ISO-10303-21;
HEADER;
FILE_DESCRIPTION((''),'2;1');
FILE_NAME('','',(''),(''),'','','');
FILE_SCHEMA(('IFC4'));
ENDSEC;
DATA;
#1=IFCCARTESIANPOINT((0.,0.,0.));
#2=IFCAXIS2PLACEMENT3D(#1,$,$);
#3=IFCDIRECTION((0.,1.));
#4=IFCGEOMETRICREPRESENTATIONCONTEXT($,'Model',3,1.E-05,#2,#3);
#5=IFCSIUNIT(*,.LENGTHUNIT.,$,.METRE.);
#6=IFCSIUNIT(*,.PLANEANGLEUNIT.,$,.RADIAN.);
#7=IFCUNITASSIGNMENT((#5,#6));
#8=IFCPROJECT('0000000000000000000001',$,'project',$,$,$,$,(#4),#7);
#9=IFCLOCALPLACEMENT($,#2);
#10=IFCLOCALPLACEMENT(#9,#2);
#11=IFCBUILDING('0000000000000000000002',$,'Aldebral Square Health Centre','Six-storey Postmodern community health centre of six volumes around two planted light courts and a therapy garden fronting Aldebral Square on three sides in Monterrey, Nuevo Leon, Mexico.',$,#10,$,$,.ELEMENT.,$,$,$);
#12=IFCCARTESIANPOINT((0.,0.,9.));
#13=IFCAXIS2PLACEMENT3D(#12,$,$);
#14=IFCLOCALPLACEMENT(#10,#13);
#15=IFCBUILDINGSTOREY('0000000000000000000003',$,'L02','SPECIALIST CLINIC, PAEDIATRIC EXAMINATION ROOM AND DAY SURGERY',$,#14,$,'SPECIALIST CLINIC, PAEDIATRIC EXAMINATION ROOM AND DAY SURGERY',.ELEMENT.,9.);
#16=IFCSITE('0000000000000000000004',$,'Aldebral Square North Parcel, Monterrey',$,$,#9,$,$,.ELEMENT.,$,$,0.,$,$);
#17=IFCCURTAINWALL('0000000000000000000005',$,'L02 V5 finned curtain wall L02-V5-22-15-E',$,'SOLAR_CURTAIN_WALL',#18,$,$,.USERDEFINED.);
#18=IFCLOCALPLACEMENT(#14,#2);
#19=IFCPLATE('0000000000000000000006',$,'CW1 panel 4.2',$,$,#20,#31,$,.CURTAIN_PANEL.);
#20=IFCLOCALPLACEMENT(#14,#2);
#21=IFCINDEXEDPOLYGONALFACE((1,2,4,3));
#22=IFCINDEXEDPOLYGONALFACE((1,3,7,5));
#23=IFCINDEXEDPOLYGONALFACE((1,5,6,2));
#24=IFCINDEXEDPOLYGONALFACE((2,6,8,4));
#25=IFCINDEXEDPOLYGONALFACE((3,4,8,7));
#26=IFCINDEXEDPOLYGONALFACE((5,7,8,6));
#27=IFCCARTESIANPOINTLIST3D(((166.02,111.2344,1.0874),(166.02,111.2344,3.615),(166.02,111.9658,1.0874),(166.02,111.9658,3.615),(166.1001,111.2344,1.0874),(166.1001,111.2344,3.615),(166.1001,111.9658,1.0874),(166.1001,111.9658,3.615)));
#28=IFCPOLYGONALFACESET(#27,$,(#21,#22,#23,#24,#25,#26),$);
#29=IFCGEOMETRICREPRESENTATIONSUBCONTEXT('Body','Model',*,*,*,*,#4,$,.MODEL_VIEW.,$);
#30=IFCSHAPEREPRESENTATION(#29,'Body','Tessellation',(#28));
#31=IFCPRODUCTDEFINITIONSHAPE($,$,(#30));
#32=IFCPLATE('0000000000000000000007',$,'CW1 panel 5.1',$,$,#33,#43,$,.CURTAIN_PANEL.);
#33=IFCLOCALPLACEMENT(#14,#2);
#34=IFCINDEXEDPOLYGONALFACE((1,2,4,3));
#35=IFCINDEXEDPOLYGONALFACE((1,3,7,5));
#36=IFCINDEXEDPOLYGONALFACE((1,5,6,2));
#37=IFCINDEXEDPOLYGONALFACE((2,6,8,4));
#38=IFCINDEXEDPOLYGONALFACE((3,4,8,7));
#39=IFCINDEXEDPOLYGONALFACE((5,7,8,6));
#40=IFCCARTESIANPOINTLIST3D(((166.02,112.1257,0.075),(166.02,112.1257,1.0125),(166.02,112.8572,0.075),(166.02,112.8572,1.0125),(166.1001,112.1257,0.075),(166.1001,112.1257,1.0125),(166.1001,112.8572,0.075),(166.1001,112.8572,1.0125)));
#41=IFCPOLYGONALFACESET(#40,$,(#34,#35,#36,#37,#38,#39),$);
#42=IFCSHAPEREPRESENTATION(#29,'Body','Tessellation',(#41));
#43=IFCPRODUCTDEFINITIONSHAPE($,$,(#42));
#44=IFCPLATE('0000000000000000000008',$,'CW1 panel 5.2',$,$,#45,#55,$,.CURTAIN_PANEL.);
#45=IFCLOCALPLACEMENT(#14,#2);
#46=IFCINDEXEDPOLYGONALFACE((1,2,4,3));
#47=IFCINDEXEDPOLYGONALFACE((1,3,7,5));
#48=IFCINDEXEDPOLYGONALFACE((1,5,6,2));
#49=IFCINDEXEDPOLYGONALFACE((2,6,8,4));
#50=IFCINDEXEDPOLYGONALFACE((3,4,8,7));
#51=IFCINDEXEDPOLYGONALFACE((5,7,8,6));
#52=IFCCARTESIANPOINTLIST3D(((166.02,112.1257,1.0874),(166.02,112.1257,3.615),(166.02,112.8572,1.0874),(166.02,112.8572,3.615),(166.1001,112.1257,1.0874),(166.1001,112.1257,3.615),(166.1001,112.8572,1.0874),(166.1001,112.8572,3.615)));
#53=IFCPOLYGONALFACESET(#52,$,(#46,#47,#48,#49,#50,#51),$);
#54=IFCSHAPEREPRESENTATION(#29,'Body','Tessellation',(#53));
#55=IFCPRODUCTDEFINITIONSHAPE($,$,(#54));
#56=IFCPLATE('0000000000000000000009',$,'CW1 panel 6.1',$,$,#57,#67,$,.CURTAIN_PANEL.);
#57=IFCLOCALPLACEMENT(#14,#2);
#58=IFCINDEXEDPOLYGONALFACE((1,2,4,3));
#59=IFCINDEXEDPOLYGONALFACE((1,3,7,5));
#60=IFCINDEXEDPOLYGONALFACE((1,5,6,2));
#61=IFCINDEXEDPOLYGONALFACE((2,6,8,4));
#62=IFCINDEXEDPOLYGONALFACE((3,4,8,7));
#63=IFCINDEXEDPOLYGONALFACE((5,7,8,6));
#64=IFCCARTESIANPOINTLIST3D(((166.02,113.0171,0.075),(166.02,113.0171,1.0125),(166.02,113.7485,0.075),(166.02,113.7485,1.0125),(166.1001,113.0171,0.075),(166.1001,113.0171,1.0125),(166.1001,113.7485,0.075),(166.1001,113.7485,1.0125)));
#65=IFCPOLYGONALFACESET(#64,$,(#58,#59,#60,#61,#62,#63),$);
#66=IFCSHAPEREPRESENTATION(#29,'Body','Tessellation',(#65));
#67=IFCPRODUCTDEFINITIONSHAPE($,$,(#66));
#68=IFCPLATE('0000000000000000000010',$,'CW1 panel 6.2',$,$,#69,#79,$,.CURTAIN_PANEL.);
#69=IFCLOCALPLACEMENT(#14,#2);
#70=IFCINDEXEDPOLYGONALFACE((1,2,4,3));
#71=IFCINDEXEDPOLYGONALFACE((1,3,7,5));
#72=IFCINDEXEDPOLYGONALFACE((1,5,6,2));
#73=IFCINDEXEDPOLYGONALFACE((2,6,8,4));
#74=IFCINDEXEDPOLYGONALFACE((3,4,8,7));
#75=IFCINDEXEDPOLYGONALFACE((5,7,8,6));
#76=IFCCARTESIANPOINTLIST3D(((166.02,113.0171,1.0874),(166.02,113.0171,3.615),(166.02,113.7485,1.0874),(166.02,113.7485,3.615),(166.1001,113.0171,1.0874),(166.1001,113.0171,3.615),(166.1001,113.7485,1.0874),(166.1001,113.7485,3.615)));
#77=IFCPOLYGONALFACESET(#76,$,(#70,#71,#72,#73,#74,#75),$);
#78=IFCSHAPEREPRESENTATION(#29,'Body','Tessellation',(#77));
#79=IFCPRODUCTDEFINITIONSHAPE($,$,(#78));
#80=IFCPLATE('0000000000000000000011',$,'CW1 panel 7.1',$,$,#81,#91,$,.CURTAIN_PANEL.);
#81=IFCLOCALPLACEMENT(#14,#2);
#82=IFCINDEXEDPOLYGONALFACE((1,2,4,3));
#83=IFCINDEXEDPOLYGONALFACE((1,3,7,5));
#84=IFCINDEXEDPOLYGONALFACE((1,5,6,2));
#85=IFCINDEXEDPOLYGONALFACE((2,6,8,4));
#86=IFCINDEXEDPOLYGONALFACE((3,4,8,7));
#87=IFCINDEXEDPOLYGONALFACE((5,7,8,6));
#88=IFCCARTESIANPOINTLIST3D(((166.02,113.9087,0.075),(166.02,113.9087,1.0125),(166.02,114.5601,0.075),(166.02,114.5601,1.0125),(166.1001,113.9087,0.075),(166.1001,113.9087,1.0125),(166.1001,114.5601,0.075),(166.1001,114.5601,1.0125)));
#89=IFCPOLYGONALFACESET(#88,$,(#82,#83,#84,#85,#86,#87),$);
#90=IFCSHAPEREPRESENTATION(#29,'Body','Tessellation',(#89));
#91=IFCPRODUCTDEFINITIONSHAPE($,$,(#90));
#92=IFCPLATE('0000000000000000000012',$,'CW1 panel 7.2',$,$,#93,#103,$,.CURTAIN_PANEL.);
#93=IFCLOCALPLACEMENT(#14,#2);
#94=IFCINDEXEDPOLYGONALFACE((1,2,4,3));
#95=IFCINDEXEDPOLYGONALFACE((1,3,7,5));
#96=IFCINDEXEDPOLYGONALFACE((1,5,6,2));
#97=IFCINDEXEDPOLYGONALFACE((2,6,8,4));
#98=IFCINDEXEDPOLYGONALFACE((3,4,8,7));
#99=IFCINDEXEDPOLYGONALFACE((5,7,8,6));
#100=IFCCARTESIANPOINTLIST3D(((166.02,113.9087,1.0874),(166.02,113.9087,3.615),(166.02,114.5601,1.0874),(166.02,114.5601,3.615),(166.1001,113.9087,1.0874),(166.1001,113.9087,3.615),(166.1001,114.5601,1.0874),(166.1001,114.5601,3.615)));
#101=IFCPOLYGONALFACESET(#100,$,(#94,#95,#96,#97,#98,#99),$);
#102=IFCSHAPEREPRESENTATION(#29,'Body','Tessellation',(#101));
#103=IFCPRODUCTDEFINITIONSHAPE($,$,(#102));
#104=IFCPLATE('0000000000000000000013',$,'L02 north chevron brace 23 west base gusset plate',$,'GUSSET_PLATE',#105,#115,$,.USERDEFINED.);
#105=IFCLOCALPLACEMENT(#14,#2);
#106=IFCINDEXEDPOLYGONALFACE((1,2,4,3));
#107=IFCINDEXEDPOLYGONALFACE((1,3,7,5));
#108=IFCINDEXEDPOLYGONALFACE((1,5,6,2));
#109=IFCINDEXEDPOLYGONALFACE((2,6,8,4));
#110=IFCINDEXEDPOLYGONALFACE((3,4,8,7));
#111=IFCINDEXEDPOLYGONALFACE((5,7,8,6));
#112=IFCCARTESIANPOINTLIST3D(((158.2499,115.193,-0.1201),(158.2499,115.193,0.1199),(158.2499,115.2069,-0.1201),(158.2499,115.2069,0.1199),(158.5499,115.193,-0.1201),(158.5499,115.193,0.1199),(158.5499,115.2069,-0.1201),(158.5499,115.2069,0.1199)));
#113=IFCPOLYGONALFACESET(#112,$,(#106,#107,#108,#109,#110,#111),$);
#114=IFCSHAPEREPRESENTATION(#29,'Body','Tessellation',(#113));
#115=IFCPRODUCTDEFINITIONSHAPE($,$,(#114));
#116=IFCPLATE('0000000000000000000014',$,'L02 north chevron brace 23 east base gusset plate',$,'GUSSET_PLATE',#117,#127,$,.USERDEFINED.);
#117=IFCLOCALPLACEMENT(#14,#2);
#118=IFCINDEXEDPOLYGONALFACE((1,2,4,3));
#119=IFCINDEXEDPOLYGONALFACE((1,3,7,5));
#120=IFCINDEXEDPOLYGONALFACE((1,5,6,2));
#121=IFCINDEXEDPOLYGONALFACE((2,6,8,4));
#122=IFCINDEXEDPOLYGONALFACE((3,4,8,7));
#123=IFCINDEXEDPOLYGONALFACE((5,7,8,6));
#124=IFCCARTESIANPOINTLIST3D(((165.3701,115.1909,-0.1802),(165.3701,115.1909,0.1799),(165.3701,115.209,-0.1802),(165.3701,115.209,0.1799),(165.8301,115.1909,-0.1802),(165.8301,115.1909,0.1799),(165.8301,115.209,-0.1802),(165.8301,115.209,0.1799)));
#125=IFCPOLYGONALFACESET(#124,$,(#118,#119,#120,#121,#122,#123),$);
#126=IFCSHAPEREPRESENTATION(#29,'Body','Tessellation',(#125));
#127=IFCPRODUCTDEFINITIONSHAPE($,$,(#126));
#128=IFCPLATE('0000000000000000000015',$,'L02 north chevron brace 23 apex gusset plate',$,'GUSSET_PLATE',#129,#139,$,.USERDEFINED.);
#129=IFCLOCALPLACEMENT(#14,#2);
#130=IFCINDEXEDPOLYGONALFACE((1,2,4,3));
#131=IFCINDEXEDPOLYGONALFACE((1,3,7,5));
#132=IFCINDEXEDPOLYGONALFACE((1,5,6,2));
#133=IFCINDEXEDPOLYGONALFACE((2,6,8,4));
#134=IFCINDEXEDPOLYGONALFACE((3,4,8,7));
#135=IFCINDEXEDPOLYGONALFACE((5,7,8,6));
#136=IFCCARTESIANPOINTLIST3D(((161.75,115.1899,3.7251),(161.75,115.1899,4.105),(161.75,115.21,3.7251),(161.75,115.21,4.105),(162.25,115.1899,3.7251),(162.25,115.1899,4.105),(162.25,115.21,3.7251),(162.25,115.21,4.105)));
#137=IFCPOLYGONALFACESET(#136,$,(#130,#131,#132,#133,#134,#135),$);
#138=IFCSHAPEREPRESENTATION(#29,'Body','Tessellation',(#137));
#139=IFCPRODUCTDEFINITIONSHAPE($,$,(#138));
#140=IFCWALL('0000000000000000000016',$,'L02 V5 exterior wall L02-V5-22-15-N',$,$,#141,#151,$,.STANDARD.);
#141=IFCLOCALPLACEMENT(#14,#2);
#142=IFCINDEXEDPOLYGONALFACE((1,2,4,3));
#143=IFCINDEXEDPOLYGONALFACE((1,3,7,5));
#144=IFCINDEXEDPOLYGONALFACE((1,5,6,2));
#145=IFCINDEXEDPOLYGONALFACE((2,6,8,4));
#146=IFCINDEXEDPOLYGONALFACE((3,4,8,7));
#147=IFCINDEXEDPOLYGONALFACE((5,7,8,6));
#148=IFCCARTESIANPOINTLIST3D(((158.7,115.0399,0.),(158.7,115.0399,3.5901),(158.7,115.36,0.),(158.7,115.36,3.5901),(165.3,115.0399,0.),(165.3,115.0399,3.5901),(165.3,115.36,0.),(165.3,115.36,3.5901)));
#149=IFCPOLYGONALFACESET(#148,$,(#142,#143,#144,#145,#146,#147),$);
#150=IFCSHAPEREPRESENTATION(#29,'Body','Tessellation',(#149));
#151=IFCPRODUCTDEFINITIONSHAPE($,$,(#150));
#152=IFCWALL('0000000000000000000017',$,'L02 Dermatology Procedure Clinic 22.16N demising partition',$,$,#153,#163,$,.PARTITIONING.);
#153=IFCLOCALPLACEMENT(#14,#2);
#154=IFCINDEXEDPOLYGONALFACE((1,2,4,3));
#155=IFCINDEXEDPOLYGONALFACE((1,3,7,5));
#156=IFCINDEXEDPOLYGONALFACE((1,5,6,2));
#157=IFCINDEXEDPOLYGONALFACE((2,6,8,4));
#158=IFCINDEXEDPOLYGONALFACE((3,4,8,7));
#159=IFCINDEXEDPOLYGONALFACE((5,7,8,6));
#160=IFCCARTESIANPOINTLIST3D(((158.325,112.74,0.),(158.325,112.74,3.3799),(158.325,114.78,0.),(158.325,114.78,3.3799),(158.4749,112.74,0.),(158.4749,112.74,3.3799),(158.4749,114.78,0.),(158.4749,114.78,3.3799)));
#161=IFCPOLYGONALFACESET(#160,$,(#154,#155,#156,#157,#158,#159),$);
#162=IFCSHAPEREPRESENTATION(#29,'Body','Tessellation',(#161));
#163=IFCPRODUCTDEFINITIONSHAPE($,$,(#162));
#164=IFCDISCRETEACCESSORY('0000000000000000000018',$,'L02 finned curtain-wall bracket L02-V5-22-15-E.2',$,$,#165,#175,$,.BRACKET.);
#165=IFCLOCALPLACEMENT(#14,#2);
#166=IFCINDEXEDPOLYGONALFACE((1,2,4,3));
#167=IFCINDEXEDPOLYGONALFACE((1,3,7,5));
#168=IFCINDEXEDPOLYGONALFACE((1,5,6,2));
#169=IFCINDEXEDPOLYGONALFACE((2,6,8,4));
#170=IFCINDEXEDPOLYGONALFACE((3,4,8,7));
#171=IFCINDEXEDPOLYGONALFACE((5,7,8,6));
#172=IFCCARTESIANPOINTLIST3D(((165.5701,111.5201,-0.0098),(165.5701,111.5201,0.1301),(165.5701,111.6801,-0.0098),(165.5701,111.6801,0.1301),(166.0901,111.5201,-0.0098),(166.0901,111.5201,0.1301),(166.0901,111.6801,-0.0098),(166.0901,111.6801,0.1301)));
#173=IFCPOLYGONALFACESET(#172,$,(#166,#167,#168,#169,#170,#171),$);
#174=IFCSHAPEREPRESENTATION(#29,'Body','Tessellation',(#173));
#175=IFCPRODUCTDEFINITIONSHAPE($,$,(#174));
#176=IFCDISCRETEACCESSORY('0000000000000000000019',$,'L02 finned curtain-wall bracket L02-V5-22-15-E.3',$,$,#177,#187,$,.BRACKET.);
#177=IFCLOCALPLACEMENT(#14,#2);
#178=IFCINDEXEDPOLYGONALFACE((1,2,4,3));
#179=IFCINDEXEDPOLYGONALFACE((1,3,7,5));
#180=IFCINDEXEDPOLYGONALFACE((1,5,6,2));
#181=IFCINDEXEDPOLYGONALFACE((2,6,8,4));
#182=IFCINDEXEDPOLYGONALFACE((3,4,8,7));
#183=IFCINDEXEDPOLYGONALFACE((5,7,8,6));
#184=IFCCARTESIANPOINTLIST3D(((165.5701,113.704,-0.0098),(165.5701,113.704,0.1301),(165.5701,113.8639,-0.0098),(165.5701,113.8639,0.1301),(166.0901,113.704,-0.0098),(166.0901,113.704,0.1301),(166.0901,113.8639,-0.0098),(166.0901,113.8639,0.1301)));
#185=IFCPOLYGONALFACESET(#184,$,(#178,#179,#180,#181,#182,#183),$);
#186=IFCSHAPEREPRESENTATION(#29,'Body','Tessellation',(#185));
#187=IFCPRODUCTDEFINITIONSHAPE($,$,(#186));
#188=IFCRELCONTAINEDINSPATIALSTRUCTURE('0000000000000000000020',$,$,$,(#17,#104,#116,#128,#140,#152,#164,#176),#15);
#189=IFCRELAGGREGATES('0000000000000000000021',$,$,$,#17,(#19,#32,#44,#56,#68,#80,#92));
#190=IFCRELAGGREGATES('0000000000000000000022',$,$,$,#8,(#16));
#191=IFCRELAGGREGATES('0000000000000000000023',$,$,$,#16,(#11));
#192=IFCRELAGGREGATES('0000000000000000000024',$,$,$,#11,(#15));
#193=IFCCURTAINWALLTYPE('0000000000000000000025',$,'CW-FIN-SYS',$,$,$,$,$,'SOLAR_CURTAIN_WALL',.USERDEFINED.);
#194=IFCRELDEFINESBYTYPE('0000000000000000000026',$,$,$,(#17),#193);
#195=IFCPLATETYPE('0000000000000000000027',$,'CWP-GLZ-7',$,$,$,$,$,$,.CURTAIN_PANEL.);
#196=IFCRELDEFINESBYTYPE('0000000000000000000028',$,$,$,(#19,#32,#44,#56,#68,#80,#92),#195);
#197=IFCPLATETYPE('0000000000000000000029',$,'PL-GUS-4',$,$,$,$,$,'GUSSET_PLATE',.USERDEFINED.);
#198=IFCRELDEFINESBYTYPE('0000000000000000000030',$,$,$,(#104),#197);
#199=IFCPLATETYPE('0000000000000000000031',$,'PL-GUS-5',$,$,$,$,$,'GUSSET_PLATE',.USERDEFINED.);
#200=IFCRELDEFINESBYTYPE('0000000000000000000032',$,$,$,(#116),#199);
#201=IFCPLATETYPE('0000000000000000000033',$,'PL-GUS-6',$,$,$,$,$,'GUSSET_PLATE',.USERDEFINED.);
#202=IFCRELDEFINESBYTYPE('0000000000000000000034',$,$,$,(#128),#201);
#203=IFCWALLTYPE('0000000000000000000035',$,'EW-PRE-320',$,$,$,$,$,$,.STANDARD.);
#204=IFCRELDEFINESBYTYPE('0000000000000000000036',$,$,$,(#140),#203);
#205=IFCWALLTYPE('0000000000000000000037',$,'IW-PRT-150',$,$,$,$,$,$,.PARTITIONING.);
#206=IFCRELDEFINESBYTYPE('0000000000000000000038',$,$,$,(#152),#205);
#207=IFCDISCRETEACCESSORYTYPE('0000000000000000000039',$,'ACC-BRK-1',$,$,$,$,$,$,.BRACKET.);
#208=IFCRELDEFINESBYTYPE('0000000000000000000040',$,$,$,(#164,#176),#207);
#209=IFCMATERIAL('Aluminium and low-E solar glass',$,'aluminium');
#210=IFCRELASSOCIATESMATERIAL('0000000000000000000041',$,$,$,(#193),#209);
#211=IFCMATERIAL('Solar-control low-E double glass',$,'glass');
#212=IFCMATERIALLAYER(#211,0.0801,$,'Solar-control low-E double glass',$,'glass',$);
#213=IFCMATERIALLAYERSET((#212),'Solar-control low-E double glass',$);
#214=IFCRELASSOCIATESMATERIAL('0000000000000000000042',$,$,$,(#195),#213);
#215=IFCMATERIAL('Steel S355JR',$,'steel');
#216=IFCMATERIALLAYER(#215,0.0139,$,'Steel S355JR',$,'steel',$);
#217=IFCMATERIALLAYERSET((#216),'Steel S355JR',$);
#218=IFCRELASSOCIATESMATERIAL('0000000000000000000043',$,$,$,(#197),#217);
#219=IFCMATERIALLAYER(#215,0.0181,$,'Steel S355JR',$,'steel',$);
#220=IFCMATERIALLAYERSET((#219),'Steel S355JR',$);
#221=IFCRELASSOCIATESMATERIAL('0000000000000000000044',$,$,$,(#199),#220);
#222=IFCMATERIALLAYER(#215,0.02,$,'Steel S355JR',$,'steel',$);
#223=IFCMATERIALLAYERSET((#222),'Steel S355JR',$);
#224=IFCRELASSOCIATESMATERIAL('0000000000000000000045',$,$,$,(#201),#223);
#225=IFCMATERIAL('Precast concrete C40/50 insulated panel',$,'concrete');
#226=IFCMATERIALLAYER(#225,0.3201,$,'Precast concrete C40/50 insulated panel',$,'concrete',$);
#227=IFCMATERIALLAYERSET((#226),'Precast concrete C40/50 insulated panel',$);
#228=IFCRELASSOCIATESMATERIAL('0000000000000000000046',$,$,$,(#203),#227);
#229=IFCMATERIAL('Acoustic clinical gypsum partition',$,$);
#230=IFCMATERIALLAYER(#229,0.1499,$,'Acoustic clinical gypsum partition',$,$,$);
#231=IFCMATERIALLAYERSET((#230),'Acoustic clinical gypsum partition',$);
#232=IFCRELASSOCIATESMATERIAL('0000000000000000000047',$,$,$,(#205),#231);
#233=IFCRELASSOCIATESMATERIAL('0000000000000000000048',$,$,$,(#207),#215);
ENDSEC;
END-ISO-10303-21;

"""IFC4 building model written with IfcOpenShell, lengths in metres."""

from ifc_helpers import new_model, si_unit, direction, frame, frame_2d, origin, origin_2d, place, context, subcontext, project, spatial, rectangle, extrude, material, layer, layer_set, type_object, element, aggregate, save


model = new_model("IFC4")

# Units and contexts
model_context = context("Model", 3, precision=1e-05, world=origin(), true_north=direction((0.0, 1.0)))
body_context = subcontext(model_context, "Body", "Model", "MODEL_VIEW")
ifc_project = project(units=[si_unit("LENGTHUNIT", "METRE"), si_unit("PLANEANGLEUNIT", "RADIAN")], contexts=[model_context])

# Site, building, storey
site_placement = place(None, origin())
site = spatial("IfcSite", under=ifc_project, at=site_placement, Name="Aldebral Square North Parcel, Monterrey", CompositionType="ELEMENT", RefElevation=0.0)
building_placement = place(site_placement, origin())
building = spatial("IfcBuilding", under=site, at=building_placement, Name="Aldebral Square Health Centre", Description="Six-storey Postmodern community health centre of six volumes around two planted light courts and a therapy garden fronting Aldebral Square on three sides in Monterrey, Nuevo Leon, Mexico.", CompositionType="ELEMENT")
storey_placement = place(building_placement, frame((0.0, 0.0, 9.0)))
storey = spatial("IfcBuildingStorey", under=building, at=storey_placement, Name="L02", Description="SPECIALIST CLINIC, PAEDIATRIC EXAMINATION ROOM AND DAY SURGERY", LongName="SPECIALIST CLINIC, PAEDIATRIC EXAMINATION ROOM AND DAY SURGERY", CompositionType="ELEMENT", Elevation=9.0)

# Curtain wall
ifc_material_1 = material(Name="Aluminium and low-E solar glass", Category="aluminium")
curtain_wall_type = type_object("IfcCurtainWallType", Name="CW-FIN-SYS", ElementType="SOLAR_CURTAIN_WALL", PredefinedType="USERDEFINED", material=ifc_material_1)
curtain_wall_placement = place(storey_placement, origin())
curtain_wall = element("IfcCurtainWall", 1, at=curtain_wall_placement, inside=storey, type_object=curtain_wall_type, Name="L02 V5 finned curtain wall L02-V5-22-15-E", ObjectType="SOLAR_CURTAIN_WALL", PredefinedType="USERDEFINED")

# Shared definitions
ifc_material_2 = material(Name="Steel S355JR", Category="steel")

# Plates
ifc_material_3 = material(Name="Solar-control low-E double glass", Category="glass")
ifc_layer_1 = layer(ifc_material_3, 0.0801, Name="Solar-control low-E double glass", Category="glass")
ifc_layer_set_1 = layer_set([ifc_layer_1], Name="Solar-control low-E double glass")
plate_type_1 = type_object("IfcPlateType", Name="CWP-GLZ-7", PredefinedType="CURTAIN_PANEL", material=ifc_layer_set_1)
plate_1_placement = place(storey_placement, frame((166.0601, 111.6001, 1.0874), z_axis=(0.0, 0.0, 1.0), x_axis=(0.0, 1.0, 0.0)))
plate_1 = element("IfcPlate", 2, at=plate_1_placement, type_object=plate_type_1, Name="CW1 panel 4.2", PredefinedType="CURTAIN_PANEL", context=body_context, shape_type="SweptSolid", body=[
    extrude(rectangle(XDim=0.7314, YDim=0.0801, at=origin_2d()), origin(), (0.0, 0.0, 1.0), 2.5276),
])
plate_2_placement = place(storey_placement, frame((166.0601, 112.4915, 0.075), z_axis=(0.0, 0.0, 1.0), x_axis=(0.0, 1.0, 0.0)))
plate_2 = element("IfcPlate", 3, at=plate_2_placement, type_object=plate_type_1, Name="CW1 panel 5.1", PredefinedType="CURTAIN_PANEL", context=body_context, shape_type="SweptSolid", body=[
    extrude(rectangle(XDim=0.7314, YDim=0.0801, at=origin_2d()), origin(), (0.0, 0.0, 1.0), 0.9375),
])
plate_3_placement = place(storey_placement, frame((166.0601, 112.4915, 1.0874), z_axis=(0.0, 0.0, 1.0), x_axis=(0.0, 1.0, 0.0)))
plate_3 = element("IfcPlate", 4, at=plate_3_placement, type_object=plate_type_1, Name="CW1 panel 5.2", PredefinedType="CURTAIN_PANEL", context=body_context, shape_type="SweptSolid", body=[
    extrude(rectangle(XDim=0.7314, YDim=0.0801, at=origin_2d()), origin(), (0.0, 0.0, 1.0), 2.5276),
])
plate_4_placement = place(storey_placement, frame((166.0601, 113.3828, 0.075), z_axis=(0.0, 0.0, 1.0), x_axis=(0.0, 1.0, 0.0)))
plate_4 = element("IfcPlate", 5, at=plate_4_placement, type_object=plate_type_1, Name="CW1 panel 6.1", PredefinedType="CURTAIN_PANEL", context=body_context, shape_type="SweptSolid", body=[
    extrude(rectangle(XDim=0.7314, YDim=0.0801, at=origin_2d()), origin(), (0.0, 0.0, 1.0), 0.9375),
])
plate_5_placement = place(storey_placement, frame((166.0601, 113.3828, 1.0874), z_axis=(0.0, 0.0, 1.0), x_axis=(0.0, 1.0, 0.0)))
plate_5 = element("IfcPlate", 6, at=plate_5_placement, type_object=plate_type_1, Name="CW1 panel 6.2", PredefinedType="CURTAIN_PANEL", context=body_context, shape_type="SweptSolid", body=[
    extrude(rectangle(XDim=0.7314, YDim=0.0801, at=origin_2d()), origin(), (0.0, 0.0, 1.0), 2.5276),
])
plate_6_placement = place(storey_placement, frame((166.0601, 114.2344, 0.075), z_axis=(0.0, 0.0, 1.0), x_axis=(0.0, 1.0, 0.0)))
plate_6 = element("IfcPlate", 7, at=plate_6_placement, type_object=plate_type_1, Name="CW1 panel 7.1", PredefinedType="CURTAIN_PANEL", context=body_context, shape_type="SweptSolid", body=[
    extrude(rectangle(XDim=0.6514, YDim=0.0801, at=origin_2d()), origin(), (0.0, 0.0, 1.0), 0.9375),
])
plate_7_placement = place(storey_placement, frame((166.0601, 114.2344, 1.0874), z_axis=(0.0, 0.0, 1.0), x_axis=(0.0, 1.0, 0.0)))
plate_7 = element("IfcPlate", 8, at=plate_7_placement, type_object=plate_type_1, Name="CW1 panel 7.2", PredefinedType="CURTAIN_PANEL", context=body_context, shape_type="SweptSolid", body=[
    extrude(rectangle(XDim=0.6514, YDim=0.0801, at=origin_2d()), origin(), (0.0, 0.0, 1.0), 2.5276),
])
aggregate(curtain_wall, [plate_1, plate_2, plate_3, plate_4, plate_5, plate_6, plate_7])

# Plates
ifc_layer_2 = layer(ifc_material_2, 0.0139, Name="Steel S355JR", Category="steel")
ifc_layer_set_2 = layer_set([ifc_layer_2], Name="Steel S355JR")
plate_type_2 = type_object("IfcPlateType", Name="PL-GUS-4", ElementType="GUSSET_PLATE", PredefinedType="USERDEFINED", material=ifc_layer_set_2)
plate_8_placement = place(storey_placement, frame((158.3999, 115.2, -0.1201), z_axis=(0.0, 0.0, 1.0), x_axis=(1.0, 0.0, 0.0)))
element("IfcPlate", 9, at=plate_8_placement, inside=storey, type_object=plate_type_2, Name="L02 north chevron brace 23 west base gusset plate", ObjectType="GUSSET_PLATE", PredefinedType="USERDEFINED", context=body_context, shape_type="SweptSolid", body=[
    extrude(rectangle(XDim=0.3, YDim=0.0139, at=origin_2d()), origin(), (0.0, 0.0, 1.0), 0.24),
])
ifc_layer_3 = layer(ifc_material_2, 0.0181, Name="Steel S355JR", Category="steel")
ifc_layer_set_3 = layer_set([ifc_layer_3], Name="Steel S355JR")
plate_type_3 = type_object("IfcPlateType", Name="PL-GUS-5", ElementType="GUSSET_PLATE", PredefinedType="USERDEFINED", material=ifc_layer_set_3)
plate_9_placement = place(storey_placement, frame((165.6001, 115.2, -0.1802), z_axis=(0.0, 0.0, 1.0), x_axis=(1.0, 0.0, 0.0)))
element("IfcPlate", 10, at=plate_9_placement, inside=storey, type_object=plate_type_3, Name="L02 north chevron brace 23 east base gusset plate", ObjectType="GUSSET_PLATE", PredefinedType="USERDEFINED", context=body_context, shape_type="SweptSolid", body=[
    extrude(rectangle(XDim=0.46, YDim=0.0181, at=origin_2d()), origin(), (0.0, 0.0, 1.0), 0.3601),
])
ifc_layer_4 = layer(ifc_material_2, 0.02, Name="Steel S355JR", Category="steel")
ifc_layer_set_4 = layer_set([ifc_layer_4], Name="Steel S355JR")
plate_type_4 = type_object("IfcPlateType", Name="PL-GUS-6", ElementType="GUSSET_PLATE", PredefinedType="USERDEFINED", material=ifc_layer_set_4)
plate_10_placement = place(storey_placement, frame((162.0, 115.2, 3.7251), z_axis=(0.0, 0.0, 1.0), x_axis=(1.0, 0.0, 0.0)))
element("IfcPlate", 11, at=plate_10_placement, inside=storey, type_object=plate_type_4, Name="L02 north chevron brace 23 apex gusset plate", ObjectType="GUSSET_PLATE", PredefinedType="USERDEFINED", context=body_context, shape_type="SweptSolid", body=[
    extrude(rectangle(XDim=0.5, YDim=0.02, at=origin_2d()), origin(), (0.0, 0.0, 1.0), 0.3799),
])

# Walls
ifc_material_4 = material(Name="Precast concrete C40/50 insulated panel", Category="concrete")
ifc_layer_5 = layer(ifc_material_4, 0.3201, Name="Precast concrete C40/50 insulated panel", Category="concrete")
ifc_layer_set_5 = layer_set([ifc_layer_5], Name="Precast concrete C40/50 insulated panel")
wall_type_1 = type_object("IfcWallType", Name="EW-PRE-320", PredefinedType="STANDARD", material=ifc_layer_set_5)
wall_1_placement = place(storey_placement, frame((165.3, 115.2, 0.0), z_axis=(0.0, 0.0, 1.0), x_axis=(-1.0, 0.0, 0.0)))
element("IfcWall", 12, at=wall_1_placement, inside=storey, type_object=wall_type_1, Name="L02 V5 exterior wall L02-V5-22-15-N", PredefinedType="STANDARD", context=body_context, shape_type="SweptSolid", body=[
    extrude(rectangle(XDim=6.6001, YDim=0.3201, at=frame_2d((3.3, 0.0))), origin(), (0.0, 0.0, 1.0), 3.5901),
])
ifc_material_5 = material(Name="Acoustic clinical gypsum partition")
ifc_layer_6 = layer(ifc_material_5, 0.1499, Name="Acoustic clinical gypsum partition")
ifc_layer_set_6 = layer_set([ifc_layer_6], Name="Acoustic clinical gypsum partition")
wall_type_2 = type_object("IfcWallType", Name="IW-PRT-150", PredefinedType="PARTITIONING", material=ifc_layer_set_6)
wall_2_placement = place(storey_placement, frame((158.3999, 112.74, 0.0), z_axis=(0.0, 0.0, 1.0), x_axis=(0.0, 1.0, 0.0)))
element("IfcWall", 13, at=wall_2_placement, inside=storey, type_object=wall_type_2, Name="L02 Dermatology Procedure Clinic 22.16N demising partition", PredefinedType="PARTITIONING", context=body_context, shape_type="SweptSolid", body=[
    extrude(rectangle(XDim=2.04, YDim=0.1499, at=frame_2d((1.02, 0.0))), origin(), (0.0, 0.0, 1.0), 3.3799),
])

# Discrete accessories
discrete_accessory_type = type_object("IfcDiscreteAccessoryType", Name="ACC-BRK-1", PredefinedType="BRACKET", material=ifc_material_2)
for number, where, z_axis, x_axis, name in (
    (14, (165.8301, 111.6001, -0.0098), (0.0, 0.0, 1.0), (0.0, 1.0, 0.0), "L02 finned curtain-wall bracket L02-V5-22-15-E.2"),
    (15, (165.8301, 113.7839, -0.0098), (0.0, 0.0, 1.0), (0.0, 1.0, 0.0), "L02 finned curtain-wall bracket L02-V5-22-15-E.3"),
):
    element("IfcDiscreteAccessory", number, at=place(storey_placement, frame(where, z_axis=z_axis, x_axis=x_axis)), inside=storey, type_object=discrete_accessory_type, Name=name, PredefinedType="BRACKET", context=body_context, shape_type="SweptSolid", body=[
        extrude(rectangle(XDim=0.1599, YDim=0.52, at=origin_2d()), origin(), (0.0, 0.0, 1.0), 0.1399),
    ])

save(model, "model.ifc")
